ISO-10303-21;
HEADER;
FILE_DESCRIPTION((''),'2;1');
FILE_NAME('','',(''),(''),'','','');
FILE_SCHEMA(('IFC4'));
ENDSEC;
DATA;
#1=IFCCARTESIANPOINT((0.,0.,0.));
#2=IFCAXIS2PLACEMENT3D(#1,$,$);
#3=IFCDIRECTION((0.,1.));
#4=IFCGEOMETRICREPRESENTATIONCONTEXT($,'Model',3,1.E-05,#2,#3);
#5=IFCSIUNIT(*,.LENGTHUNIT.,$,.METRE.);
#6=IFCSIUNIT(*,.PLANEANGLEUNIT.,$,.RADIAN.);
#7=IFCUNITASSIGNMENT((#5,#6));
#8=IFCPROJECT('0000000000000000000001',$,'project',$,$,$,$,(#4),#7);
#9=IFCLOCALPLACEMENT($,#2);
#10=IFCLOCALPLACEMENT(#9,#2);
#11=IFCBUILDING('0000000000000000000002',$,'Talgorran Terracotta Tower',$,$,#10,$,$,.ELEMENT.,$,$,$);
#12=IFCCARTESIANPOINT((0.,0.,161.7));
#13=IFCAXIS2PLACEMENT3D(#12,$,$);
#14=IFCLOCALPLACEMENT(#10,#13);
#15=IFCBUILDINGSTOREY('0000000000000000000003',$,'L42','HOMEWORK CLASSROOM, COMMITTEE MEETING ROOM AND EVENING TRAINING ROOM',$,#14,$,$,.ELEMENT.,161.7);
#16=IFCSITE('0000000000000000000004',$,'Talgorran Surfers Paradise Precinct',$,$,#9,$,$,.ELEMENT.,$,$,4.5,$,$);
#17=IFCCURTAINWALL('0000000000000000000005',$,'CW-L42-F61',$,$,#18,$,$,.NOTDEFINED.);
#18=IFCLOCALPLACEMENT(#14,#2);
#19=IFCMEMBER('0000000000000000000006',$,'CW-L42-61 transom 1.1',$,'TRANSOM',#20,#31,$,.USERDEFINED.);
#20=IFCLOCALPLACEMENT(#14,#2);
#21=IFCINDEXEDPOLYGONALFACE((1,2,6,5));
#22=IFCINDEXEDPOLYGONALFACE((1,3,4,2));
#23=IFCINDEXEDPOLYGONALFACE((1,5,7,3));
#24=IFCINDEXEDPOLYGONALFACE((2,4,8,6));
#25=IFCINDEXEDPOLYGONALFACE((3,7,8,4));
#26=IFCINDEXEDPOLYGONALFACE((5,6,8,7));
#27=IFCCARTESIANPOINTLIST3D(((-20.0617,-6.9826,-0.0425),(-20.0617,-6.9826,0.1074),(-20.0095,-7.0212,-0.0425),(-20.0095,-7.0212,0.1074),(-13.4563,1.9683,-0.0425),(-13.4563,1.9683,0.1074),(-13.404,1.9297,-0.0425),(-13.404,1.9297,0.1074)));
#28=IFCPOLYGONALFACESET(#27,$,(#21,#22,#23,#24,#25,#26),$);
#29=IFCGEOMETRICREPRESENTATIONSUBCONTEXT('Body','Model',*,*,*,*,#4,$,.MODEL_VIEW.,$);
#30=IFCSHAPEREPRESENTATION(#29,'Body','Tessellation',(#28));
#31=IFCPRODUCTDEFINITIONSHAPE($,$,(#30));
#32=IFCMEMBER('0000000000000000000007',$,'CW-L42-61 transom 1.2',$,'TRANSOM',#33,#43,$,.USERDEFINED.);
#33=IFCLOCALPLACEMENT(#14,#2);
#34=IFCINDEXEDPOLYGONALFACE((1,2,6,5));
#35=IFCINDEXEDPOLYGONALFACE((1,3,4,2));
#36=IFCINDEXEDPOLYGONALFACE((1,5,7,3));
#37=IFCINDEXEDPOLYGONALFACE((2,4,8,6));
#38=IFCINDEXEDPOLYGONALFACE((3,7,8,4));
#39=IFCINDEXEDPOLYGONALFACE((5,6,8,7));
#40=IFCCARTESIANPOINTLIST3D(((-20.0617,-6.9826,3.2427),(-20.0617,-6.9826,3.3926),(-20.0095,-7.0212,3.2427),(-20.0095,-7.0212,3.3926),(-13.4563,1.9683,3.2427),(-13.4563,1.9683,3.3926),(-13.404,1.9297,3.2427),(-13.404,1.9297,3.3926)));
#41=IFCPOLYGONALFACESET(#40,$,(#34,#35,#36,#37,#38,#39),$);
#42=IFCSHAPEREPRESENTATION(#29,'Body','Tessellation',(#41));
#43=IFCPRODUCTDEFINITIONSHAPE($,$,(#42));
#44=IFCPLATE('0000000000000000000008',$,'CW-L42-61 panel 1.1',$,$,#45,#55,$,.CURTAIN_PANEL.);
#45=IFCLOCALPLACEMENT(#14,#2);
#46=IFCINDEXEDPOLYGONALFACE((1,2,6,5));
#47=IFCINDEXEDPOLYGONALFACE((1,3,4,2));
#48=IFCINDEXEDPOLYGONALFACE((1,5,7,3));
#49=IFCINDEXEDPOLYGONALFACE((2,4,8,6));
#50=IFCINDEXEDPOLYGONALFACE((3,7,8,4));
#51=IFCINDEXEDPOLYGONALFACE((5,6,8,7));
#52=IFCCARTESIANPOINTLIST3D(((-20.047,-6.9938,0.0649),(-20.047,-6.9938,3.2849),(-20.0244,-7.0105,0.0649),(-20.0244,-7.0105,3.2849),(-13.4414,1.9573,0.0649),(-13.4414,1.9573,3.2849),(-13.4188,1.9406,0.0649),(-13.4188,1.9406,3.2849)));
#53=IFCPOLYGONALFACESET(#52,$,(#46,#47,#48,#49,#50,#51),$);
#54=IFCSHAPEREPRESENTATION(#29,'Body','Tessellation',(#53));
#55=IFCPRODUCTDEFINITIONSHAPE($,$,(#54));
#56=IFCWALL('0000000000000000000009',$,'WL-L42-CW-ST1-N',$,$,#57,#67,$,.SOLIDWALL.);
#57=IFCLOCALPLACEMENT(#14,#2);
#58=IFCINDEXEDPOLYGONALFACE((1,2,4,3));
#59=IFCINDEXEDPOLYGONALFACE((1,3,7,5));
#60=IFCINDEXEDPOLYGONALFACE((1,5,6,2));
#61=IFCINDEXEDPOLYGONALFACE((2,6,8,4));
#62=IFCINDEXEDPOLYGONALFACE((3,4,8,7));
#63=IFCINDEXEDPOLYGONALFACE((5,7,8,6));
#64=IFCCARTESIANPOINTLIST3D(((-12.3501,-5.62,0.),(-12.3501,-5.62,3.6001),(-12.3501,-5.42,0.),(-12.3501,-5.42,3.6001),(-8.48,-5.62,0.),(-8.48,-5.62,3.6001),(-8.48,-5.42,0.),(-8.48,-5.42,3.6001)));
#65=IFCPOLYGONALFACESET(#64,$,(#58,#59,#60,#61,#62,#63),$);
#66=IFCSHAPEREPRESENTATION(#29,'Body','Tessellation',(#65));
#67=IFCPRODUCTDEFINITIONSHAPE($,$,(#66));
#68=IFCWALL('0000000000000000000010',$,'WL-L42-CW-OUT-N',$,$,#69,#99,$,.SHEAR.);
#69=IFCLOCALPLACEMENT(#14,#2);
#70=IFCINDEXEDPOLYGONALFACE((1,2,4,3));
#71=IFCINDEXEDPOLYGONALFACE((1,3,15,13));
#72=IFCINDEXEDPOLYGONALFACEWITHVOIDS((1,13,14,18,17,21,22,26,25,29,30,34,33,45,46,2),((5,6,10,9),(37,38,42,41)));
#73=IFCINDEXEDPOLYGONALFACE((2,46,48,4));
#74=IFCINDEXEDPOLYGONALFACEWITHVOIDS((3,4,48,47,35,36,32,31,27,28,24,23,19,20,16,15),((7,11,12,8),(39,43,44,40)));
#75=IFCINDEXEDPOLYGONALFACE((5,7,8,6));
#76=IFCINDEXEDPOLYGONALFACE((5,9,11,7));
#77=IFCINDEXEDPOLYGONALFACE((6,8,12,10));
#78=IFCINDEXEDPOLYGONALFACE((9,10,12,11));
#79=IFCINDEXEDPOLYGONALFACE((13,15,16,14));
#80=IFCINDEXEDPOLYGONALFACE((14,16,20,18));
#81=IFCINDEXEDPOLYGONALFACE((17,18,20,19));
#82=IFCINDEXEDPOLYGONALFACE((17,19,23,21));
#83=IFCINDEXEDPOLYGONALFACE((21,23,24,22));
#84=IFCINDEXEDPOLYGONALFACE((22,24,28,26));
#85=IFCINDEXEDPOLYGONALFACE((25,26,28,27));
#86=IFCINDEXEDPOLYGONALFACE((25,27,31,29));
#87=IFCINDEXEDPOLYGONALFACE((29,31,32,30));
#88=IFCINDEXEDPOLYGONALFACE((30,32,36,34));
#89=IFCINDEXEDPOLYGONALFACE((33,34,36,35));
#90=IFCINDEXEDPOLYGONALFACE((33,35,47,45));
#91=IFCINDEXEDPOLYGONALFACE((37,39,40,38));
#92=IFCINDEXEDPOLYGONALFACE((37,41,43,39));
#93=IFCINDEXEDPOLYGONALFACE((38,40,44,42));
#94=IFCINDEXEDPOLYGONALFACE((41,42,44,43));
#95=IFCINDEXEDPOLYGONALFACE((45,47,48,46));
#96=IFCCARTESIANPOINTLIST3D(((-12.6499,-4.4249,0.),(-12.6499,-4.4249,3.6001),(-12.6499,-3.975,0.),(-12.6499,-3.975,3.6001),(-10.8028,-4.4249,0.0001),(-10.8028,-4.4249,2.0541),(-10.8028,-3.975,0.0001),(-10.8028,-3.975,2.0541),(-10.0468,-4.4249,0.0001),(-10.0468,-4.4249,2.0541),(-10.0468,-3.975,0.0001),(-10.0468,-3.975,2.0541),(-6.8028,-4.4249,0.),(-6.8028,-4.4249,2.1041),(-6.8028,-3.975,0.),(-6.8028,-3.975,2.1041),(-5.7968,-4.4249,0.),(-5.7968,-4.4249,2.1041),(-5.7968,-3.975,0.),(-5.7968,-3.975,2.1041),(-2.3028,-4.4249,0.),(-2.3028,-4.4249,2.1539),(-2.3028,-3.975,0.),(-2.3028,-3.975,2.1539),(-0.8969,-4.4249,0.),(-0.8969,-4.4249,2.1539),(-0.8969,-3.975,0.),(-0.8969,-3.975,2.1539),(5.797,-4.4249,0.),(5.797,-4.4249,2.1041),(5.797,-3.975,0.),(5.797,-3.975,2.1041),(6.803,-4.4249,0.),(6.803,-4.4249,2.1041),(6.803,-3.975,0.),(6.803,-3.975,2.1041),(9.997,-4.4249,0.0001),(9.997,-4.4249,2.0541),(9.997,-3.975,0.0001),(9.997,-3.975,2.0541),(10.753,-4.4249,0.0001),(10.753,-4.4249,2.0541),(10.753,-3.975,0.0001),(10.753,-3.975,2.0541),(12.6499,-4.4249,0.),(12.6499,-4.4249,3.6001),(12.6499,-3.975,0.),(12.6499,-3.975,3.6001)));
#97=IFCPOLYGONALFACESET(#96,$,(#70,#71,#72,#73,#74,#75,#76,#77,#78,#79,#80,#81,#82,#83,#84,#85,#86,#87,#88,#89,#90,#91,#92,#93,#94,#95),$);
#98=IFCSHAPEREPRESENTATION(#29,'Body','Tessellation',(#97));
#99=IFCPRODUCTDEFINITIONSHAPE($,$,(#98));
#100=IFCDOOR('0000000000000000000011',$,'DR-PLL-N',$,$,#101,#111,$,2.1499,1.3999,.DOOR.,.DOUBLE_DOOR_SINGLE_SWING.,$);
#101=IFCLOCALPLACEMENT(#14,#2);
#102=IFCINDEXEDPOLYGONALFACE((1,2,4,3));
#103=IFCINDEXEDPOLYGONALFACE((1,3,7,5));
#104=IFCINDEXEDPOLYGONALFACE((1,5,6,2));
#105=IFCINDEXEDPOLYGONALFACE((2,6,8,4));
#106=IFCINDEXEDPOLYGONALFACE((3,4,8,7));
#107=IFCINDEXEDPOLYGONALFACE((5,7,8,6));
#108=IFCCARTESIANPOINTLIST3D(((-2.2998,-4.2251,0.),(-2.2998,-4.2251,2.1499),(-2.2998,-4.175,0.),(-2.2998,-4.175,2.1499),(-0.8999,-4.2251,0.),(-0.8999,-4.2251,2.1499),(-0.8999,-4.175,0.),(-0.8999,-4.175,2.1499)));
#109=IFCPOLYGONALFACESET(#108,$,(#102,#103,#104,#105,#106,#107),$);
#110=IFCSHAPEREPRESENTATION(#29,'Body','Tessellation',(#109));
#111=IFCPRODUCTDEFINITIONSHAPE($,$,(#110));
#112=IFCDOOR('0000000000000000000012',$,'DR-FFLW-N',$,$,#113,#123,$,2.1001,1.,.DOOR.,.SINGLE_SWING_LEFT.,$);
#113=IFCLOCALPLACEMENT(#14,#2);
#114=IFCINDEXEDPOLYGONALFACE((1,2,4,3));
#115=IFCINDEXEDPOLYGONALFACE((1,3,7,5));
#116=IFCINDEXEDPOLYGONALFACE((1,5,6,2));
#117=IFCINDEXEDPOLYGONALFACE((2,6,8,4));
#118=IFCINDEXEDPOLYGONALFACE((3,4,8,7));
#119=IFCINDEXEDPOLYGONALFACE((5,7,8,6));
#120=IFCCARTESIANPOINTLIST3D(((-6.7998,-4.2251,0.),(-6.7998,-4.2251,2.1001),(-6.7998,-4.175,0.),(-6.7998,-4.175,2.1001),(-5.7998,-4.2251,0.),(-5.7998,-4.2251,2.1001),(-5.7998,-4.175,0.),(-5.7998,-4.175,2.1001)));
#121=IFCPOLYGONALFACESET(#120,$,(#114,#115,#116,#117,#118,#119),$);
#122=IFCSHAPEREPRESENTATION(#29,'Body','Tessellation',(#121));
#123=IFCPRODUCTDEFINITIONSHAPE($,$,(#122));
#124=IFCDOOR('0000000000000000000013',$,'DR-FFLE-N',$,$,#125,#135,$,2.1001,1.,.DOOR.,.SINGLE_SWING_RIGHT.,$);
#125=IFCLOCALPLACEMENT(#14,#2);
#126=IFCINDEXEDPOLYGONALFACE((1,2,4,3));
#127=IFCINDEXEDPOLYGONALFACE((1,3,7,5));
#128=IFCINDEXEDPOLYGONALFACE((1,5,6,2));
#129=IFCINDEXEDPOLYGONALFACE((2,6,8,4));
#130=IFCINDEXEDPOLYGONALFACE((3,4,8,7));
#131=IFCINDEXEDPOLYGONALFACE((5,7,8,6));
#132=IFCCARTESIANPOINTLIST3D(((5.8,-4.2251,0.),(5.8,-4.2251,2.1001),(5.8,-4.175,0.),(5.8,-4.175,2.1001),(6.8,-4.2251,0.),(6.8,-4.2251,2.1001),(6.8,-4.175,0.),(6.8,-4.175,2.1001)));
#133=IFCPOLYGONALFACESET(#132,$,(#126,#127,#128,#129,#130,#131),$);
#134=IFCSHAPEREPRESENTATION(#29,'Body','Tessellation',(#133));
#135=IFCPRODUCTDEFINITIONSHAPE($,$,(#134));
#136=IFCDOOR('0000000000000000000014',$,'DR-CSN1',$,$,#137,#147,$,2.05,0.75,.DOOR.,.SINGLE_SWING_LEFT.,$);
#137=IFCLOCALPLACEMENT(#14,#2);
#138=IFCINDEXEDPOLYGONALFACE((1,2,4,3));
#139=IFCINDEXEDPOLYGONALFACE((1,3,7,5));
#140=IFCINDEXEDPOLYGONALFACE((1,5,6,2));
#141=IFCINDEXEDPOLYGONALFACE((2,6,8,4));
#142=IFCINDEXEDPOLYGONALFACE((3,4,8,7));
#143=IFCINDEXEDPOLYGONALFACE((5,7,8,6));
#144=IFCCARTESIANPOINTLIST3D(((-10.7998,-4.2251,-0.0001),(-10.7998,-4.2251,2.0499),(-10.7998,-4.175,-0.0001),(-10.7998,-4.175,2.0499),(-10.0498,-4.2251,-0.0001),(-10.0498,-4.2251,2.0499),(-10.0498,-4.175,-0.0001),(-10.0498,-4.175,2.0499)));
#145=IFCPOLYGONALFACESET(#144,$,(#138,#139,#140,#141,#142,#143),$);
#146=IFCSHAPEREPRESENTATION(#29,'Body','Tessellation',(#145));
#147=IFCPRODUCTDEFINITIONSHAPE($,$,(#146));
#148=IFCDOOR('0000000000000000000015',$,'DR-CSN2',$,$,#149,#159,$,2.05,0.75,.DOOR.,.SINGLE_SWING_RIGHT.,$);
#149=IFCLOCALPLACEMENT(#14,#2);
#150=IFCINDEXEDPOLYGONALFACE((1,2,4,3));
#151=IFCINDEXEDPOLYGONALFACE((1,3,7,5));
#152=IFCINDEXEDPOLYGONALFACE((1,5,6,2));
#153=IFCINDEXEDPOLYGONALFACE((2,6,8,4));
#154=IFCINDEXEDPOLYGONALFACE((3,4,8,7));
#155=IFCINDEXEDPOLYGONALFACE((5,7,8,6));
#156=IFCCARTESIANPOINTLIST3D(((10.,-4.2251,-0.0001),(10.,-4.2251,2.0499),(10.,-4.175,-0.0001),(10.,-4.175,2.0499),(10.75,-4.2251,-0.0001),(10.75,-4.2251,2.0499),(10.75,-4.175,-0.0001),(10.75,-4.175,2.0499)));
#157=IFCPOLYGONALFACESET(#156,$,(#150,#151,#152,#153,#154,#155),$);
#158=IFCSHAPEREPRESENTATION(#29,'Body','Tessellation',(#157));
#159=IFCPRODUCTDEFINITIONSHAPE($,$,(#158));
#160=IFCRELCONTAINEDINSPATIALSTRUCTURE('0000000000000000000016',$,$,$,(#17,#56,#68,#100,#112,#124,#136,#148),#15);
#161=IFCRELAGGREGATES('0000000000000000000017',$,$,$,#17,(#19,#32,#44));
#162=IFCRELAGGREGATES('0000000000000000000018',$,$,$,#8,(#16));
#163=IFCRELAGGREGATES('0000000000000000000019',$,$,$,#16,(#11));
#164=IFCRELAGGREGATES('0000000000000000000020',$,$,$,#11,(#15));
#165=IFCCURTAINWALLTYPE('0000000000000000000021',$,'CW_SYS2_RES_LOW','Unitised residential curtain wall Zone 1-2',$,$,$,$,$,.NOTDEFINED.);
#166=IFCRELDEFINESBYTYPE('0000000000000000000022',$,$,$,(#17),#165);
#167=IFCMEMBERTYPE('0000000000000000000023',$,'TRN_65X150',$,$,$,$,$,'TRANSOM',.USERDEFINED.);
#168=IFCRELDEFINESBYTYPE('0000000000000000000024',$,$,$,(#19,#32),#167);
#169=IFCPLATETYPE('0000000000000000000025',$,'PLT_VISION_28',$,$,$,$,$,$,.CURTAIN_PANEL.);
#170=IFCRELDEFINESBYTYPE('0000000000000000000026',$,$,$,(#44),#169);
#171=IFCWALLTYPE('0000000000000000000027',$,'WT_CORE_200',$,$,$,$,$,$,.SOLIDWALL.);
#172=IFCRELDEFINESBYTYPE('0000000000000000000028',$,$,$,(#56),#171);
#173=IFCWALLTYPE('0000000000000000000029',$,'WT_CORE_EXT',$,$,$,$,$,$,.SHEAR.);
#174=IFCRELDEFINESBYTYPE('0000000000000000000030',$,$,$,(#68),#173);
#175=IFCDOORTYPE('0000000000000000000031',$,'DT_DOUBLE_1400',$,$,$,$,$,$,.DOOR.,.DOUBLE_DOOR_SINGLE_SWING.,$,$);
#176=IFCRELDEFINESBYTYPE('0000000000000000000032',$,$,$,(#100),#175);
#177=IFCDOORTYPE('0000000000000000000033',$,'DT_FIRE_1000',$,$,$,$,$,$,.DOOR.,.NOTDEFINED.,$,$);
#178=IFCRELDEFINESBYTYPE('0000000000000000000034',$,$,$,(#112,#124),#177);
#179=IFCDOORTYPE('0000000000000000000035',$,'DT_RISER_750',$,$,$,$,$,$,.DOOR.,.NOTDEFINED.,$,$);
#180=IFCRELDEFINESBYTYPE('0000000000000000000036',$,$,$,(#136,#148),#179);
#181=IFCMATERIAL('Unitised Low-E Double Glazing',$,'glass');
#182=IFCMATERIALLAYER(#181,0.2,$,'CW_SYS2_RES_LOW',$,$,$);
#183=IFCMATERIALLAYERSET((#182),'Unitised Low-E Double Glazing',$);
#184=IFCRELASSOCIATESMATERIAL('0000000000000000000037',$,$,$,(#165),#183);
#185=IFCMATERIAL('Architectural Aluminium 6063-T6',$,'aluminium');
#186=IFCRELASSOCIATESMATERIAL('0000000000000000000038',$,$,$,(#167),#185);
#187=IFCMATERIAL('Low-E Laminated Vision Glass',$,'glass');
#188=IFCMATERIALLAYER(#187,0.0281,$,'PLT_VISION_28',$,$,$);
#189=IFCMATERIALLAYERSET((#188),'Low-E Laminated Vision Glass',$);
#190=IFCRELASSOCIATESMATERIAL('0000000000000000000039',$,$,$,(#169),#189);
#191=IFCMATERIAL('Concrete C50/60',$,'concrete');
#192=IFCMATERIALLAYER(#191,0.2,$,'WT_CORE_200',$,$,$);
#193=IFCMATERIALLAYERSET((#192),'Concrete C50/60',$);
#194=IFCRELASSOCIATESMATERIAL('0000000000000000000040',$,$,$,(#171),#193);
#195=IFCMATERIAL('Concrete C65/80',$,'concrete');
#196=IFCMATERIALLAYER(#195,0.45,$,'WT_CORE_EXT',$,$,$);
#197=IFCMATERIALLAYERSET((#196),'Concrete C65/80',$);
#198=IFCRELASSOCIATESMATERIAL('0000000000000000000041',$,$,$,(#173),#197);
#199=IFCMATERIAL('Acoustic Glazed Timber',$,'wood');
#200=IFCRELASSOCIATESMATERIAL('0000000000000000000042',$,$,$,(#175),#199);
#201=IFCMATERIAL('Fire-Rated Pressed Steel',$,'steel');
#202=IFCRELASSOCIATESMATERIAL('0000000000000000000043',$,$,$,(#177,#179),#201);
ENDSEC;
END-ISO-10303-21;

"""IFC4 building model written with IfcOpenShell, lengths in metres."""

from ifc_helpers import new_model, si_unit, direction, frame, frame_2d, origin, origin_2d, place, context, subcontext, project, spatial, rectangle, extrude, source, transform, mapped, material, layer, layer_set, material_profile, profile_set, type_object, type_shapes, element, fill, aggregate, save


model = new_model("IFC4")

# Units and contexts
model_context = context("Model", 3, precision=1e-05, world=origin(), true_north=direction((0.0, 1.0)))
body_context = subcontext(model_context, "Body", "Model", "MODEL_VIEW")
ifc_project = project(units=[si_unit("LENGTHUNIT", "METRE"), si_unit("PLANEANGLEUNIT", "RADIAN")], contexts=[model_context])

# Site, building, storey
site_placement = place(None, origin())
site = spatial("IfcSite", under=ifc_project, at=site_placement, Name="Talgorran Surfers Paradise Precinct", CompositionType="ELEMENT", RefElevation=4.5)
building_placement = place(site_placement, origin())
building = spatial("IfcBuilding", under=site, at=building_placement, Name="Talgorran Terracotta Tower", CompositionType="ELEMENT")
storey_placement = place(building_placement, frame((0.0, 0.0, 161.7)))
storey = spatial("IfcBuildingStorey", under=building, at=storey_placement, Name="L42", Description="HOMEWORK CLASSROOM, COMMITTEE MEETING ROOM AND EVENING TRAINING ROOM", CompositionType="ELEMENT", Elevation=161.7)

# Curtain wall, members, plate
ifc_material_1 = material(Name="Unitised Low-E Double Glazing", Category="glass")
ifc_layer_1 = layer(ifc_material_1, 0.2, Name="CW_SYS2_RES_LOW")
ifc_layer_set_1 = layer_set([ifc_layer_1], Name="Unitised Low-E Double Glazing")
curtain_wall_type = type_object("IfcCurtainWallType", Name="CW_SYS2_RES_LOW", Description="Unitised residential curtain wall Zone 1-2", PredefinedType="NOTDEFINED", material=ifc_layer_set_1)
curtain_wall_placement = place(storey_placement, origin())
curtain_wall = element("IfcCurtainWall", 1, at=curtain_wall_placement, inside=storey, type_object=curtain_wall_type, Name="CW-L42-F61", PredefinedType="NOTDEFINED")
ifc_material_2 = material(Name="Architectural Aluminium 6063-T6", Category="aluminium")
ifc_material_profile_1 = material_profile(ifc_material_2, rectangle(XDim=0.0649, YDim=0.1499, at=origin_2d()), Name="CWT65X150")
ifc_profile_set_1 = profile_set([ifc_material_profile_1], Name="Architectural Aluminium 6063-T6")
member_type_1 = type_object("IfcMemberType", Name="TRN_65X150", ElementType="TRANSOM", PredefinedType="USERDEFINED", material=ifc_profile_set_1)
member_1_placement = place(storey_placement, frame((-13.4302, 1.949, 0.0325), z_axis=(-0.593784, -0.804624, 0.0), x_axis=(0.804624, -0.593784, 0.0)))
member_1 = element("IfcMember", 2, at=member_1_placement, type_object=member_type_1, Name="CW-L42-61 transom 1.1", ObjectType="TRANSOM", PredefinedType="USERDEFINED", context=body_context, shape_type="SweptSolid", body=[
    extrude(rectangle(XDim=0.0649, YDim=0.1499, at=origin_2d()), origin(), (0.0, 0.0, 1.0), 11.1243),
])
member_2_placement = place(storey_placement, frame((-13.4302, 1.949, 3.3176), z_axis=(-0.593784, -0.804624, 0.0), x_axis=(0.804624, -0.593784, 0.0)))
member_2 = element("IfcMember", 3, at=member_2_placement, type_object=member_type_1, Name="CW-L42-61 transom 1.2", ObjectType="TRANSOM", PredefinedType="USERDEFINED", context=body_context, shape_type="SweptSolid", body=[
    extrude(rectangle(XDim=0.0649, YDim=0.1499, at=origin_2d()), origin(), (0.0, 0.0, 1.0), 11.1243),
])
ifc_material_3 = material(Name="Low-E Laminated Vision Glass", Category="glass")
ifc_layer_2 = layer(ifc_material_3, 0.0281, Name="PLT_VISION_28")
ifc_layer_set_2 = layer_set([ifc_layer_2], Name="Low-E Laminated Vision Glass")
plate_type = type_object("IfcPlateType", Name="PLT_VISION_28", PredefinedType="CURTAIN_PANEL", material=ifc_layer_set_2)
shared_shape = source(origin(), body_context, "Body", "SweptSolid", [
    extrude(rectangle(XDim=11.1245, YDim=0.0281, at=origin_2d()), origin(), (0.0, 0.0, 1.0), 3.22),
])
type_shapes(plate_type, [shared_shape])
plate_placement = place(storey_placement, frame((-16.7329, -2.5266, 0.0649), z_axis=(0.0, 0.0, 1.0), x_axis=(-0.593784, -0.804625, 0.0)))
plate = element("IfcPlate", 4, at=plate_placement, type_object=plate_type, Name="CW-L42-61 panel 1.1", PredefinedType="CURTAIN_PANEL", context=body_context, shape_type="MappedRepresentation", body=[
    mapped(shared_shape, transform((0.0, 0.0, 0.0), scale=1.0)),
])
aggregate(curtain_wall, [member_1, member_2, plate])

# Wall
ifc_material_4 = material(Name="Concrete C50/60", Category="concrete")
ifc_layer_3 = layer(ifc_material_4, 0.2, Name="WT_CORE_200")
ifc_layer_set_3 = layer_set([ifc_layer_3], Name="Concrete C50/60")
wall_type_1 = type_object("IfcWallType", Name="WT_CORE_200", PredefinedType="SOLIDWALL", material=ifc_layer_set_3)
wall_1_placement = place(storey_placement, frame((-12.3501, -5.52, 0.0), z_axis=(0.0, 0.0, 1.0), x_axis=(1.0, 0.0, 0.0)))
element("IfcWall", 5, at=wall_1_placement, inside=storey, type_object=wall_type_1, Name="WL-L42-CW-ST1-N", PredefinedType="SOLIDWALL", context=body_context, shape_type="SweptSolid", body=[
    extrude(rectangle(XDim=3.8701, YDim=0.2, at=frame_2d((1.9351, 0.0))), origin(), (0.0, 0.0, 1.0), 3.6001),
])

# Wall, openings, doors
ifc_material_5 = material(Name="Concrete C65/80", Category="concrete")
ifc_layer_4 = layer(ifc_material_5, 0.45, Name="WT_CORE_EXT")
ifc_layer_set_4 = layer_set([ifc_layer_4], Name="Concrete C65/80")
wall_type_2 = type_object("IfcWallType", Name="WT_CORE_EXT", PredefinedType="SHEAR", material=ifc_layer_set_4)
wall_2_placement = place(storey_placement, frame((-12.6499, -4.2, 0.0), z_axis=(0.0, 0.0, 1.0), x_axis=(1.0, 0.0, 0.0)))
wall_2 = element("IfcWall", 6, at=wall_2_placement, inside=storey, type_object=wall_type_2, Name="WL-L42-CW-OUT-N", PredefinedType="SHEAR", context=body_context, shape_type="SweptSolid", body=[
    extrude(rectangle(XDim=25.2998, YDim=0.45, at=frame_2d((12.6499, 0.0))), origin(), (0.0, 0.0, 1.0), 3.6001),
])
opening_1_placement = place(wall_2_placement, frame((1.8501, 0.0, 0.0)))
opening_1 = element("IfcOpeningElement", 7, at=opening_1_placement, cuts=wall_2, PredefinedType="OPENING", context=body_context, shape_type="SweptSolid", body=[
    extrude(rectangle(XDim=0.756, YDim=2.054, at=frame_2d((0.375, 1.0271))), frame((0.0, 0.2349, 0.0), z_axis=(0.0, -1.0, 0.0), x_axis=(1.0, 0.0, 0.0)), (0.0, 0.0, 1.0), 0.47),
])
opening_2_placement = place(wall_2_placement, frame((22.6499, 0.0, 0.0)))
opening_2 = element("IfcOpeningElement", 8, at=opening_2_placement, cuts=wall_2, PredefinedType="OPENING", context=body_context, shape_type="SweptSolid", body=[
    extrude(rectangle(XDim=0.756, YDim=2.054, at=frame_2d((0.375, 1.0271))), frame((0.0, 0.2349, 0.0), z_axis=(0.0, -1.0, 0.0), x_axis=(1.0, 0.0, 0.0)), (0.0, 0.0, 1.0), 0.47),
])
opening_3_placement = place(wall_2_placement, frame((5.8501, 0.0, 0.0)))
opening_3 = element("IfcOpeningElement", 9, at=opening_3_placement, cuts=wall_2, PredefinedType="OPENING", context=body_context, shape_type="SweptSolid", body=[
    extrude(rectangle(XDim=1.006, YDim=2.1041, at=frame_2d((0.5, 1.052))), frame((0.0, 0.2349, 0.0), z_axis=(0.0, -1.0, 0.0), x_axis=(1.0, 0.0, 0.0)), (0.0, 0.0, 1.0), 0.47),
])
opening_4_placement = place(wall_2_placement, frame((10.3501, 0.0, 0.0)))
opening_4 = element("IfcOpeningElement", 10, at=opening_4_placement, cuts=wall_2, PredefinedType="OPENING", context=body_context, shape_type="SweptSolid", body=[
    extrude(rectangle(XDim=1.4059, YDim=2.1539, at=frame_2d((0.7, 1.0769))), frame((0.0, 0.2349, 0.0), z_axis=(0.0, -1.0, 0.0), x_axis=(1.0, 0.0, 0.0)), (0.0, 0.0, 1.0), 0.47),
])
opening_5_placement = place(wall_2_placement, frame((18.45, 0.0, 0.0)))
opening_5 = element("IfcOpeningElement", 11, at=opening_5_placement, cuts=wall_2, PredefinedType="OPENING", context=body_context, shape_type="SweptSolid", body=[
    extrude(rectangle(XDim=1.006, YDim=2.1041, at=frame_2d((0.5, 1.052))), frame((0.0, 0.2349, 0.0), z_axis=(0.0, -1.0, 0.0), x_axis=(1.0, 0.0, 0.0)), (0.0, 0.0, 1.0), 0.47),
])
ifc_material_6 = material(Name="Acoustic Glazed Timber", Category="wood")
door_type_1 = type_object("IfcDoorType", Name="DT_DOUBLE_1400", OperationType="DOUBLE_DOOR_SINGLE_SWING", PredefinedType="DOOR", material=ifc_material_6)
door_1_placement = place(opening_4_placement, origin())
door_1 = element("IfcDoor", 12, at=door_1_placement, inside=storey, type_object=door_type_1, Name="DR-PLL-N", OperationType="DOUBLE_DOOR_SINGLE_SWING", OverallHeight=2.1499, OverallWidth=1.3999, PredefinedType="DOOR", context=body_context, shape_type="SweptSolid", body=[
    extrude(rectangle(XDim=1.3999, YDim=2.1499, at=frame_2d((0.7, 1.075))), frame((0.0, 0.0249, 0.0), z_axis=(0.0, -1.0, 0.0), x_axis=(1.0, 0.0, 0.0)), (0.0, 0.0, 1.0), 0.05),
])
fill(opening_4, door_1)
ifc_material_7 = material(Name="Fire-Rated Pressed Steel", Category="steel")
door_type_2 = type_object("IfcDoorType", Name="DT_FIRE_1000", OperationType="NOTDEFINED", PredefinedType="DOOR", material=ifc_material_7)
door_2_placement = place(opening_3_placement, origin())
door_2 = element("IfcDoor", 13, at=door_2_placement, inside=storey, type_object=door_type_2, Name="DR-FFLW-N", OperationType="SINGLE_SWING_LEFT", OverallHeight=2.1001, OverallWidth=1.0, PredefinedType="DOOR", context=body_context, shape_type="SweptSolid", body=[
    extrude(rectangle(XDim=1.0, YDim=2.1001, at=frame_2d((0.5, 1.05))), frame((0.0, 0.0249, 0.0), z_axis=(0.0, -1.0, 0.0), x_axis=(1.0, 0.0, 0.0)), (0.0, 0.0, 1.0), 0.05),
])
fill(opening_3, door_2)
door_3_placement = place(opening_5_placement, origin())
door_3 = element("IfcDoor", 14, at=door_3_placement, inside=storey, type_object=door_type_2, Name="DR-FFLE-N", OperationType="SINGLE_SWING_RIGHT", OverallHeight=2.1001, OverallWidth=1.0, PredefinedType="DOOR", context=body_context, shape_type="SweptSolid", body=[
    extrude(rectangle(XDim=1.0, YDim=2.1001, at=frame_2d((0.5, 1.05))), frame((0.0, 0.0249, 0.0), z_axis=(0.0, -1.0, 0.0), x_axis=(1.0, 0.0, 0.0)), (0.0, 0.0, 1.0), 0.05),
])
fill(opening_5, door_3)
door_type_3 = type_object("IfcDoorType", Name="DT_RISER_750", OperationType="NOTDEFINED", PredefinedType="DOOR", material=ifc_material_7)
door_4_placement = place(opening_1_placement, origin())
door_4 = element("IfcDoor", 15, at=door_4_placement, inside=storey, type_object=door_type_3, Name="DR-CSN1", OperationType="SINGLE_SWING_LEFT", OverallHeight=2.05, OverallWidth=0.75, PredefinedType="DOOR", context=body_context, shape_type="SweptSolid", body=[
    extrude(rectangle(XDim=0.75, YDim=2.05, at=frame_2d((0.375, 1.0249))), frame((0.0, 0.0249, 0.0), z_axis=(0.0, -1.0, 0.0), x_axis=(1.0, 0.0, 0.0)), (0.0, 0.0, 1.0), 0.05),
])
fill(opening_1, door_4)
door_5_placement = place(opening_2_placement, origin())
door_5 = element("IfcDoor", 16, at=door_5_placement, inside=storey, type_object=door_type_3, Name="DR-CSN2", OperationType="SINGLE_SWING_RIGHT", OverallHeight=2.05, OverallWidth=0.75, PredefinedType="DOOR", context=body_context, shape_type="SweptSolid", body=[
    extrude(rectangle(XDim=0.75, YDim=2.05, at=frame_2d((0.375, 1.0249))), frame((0.0, 0.0249, 0.0), z_axis=(0.0, -1.0, 0.0), x_axis=(1.0, 0.0, 0.0)), (0.0, 0.0, 1.0), 0.05),
])
fill(opening_2, door_5)

save(model, "model.ifc")
